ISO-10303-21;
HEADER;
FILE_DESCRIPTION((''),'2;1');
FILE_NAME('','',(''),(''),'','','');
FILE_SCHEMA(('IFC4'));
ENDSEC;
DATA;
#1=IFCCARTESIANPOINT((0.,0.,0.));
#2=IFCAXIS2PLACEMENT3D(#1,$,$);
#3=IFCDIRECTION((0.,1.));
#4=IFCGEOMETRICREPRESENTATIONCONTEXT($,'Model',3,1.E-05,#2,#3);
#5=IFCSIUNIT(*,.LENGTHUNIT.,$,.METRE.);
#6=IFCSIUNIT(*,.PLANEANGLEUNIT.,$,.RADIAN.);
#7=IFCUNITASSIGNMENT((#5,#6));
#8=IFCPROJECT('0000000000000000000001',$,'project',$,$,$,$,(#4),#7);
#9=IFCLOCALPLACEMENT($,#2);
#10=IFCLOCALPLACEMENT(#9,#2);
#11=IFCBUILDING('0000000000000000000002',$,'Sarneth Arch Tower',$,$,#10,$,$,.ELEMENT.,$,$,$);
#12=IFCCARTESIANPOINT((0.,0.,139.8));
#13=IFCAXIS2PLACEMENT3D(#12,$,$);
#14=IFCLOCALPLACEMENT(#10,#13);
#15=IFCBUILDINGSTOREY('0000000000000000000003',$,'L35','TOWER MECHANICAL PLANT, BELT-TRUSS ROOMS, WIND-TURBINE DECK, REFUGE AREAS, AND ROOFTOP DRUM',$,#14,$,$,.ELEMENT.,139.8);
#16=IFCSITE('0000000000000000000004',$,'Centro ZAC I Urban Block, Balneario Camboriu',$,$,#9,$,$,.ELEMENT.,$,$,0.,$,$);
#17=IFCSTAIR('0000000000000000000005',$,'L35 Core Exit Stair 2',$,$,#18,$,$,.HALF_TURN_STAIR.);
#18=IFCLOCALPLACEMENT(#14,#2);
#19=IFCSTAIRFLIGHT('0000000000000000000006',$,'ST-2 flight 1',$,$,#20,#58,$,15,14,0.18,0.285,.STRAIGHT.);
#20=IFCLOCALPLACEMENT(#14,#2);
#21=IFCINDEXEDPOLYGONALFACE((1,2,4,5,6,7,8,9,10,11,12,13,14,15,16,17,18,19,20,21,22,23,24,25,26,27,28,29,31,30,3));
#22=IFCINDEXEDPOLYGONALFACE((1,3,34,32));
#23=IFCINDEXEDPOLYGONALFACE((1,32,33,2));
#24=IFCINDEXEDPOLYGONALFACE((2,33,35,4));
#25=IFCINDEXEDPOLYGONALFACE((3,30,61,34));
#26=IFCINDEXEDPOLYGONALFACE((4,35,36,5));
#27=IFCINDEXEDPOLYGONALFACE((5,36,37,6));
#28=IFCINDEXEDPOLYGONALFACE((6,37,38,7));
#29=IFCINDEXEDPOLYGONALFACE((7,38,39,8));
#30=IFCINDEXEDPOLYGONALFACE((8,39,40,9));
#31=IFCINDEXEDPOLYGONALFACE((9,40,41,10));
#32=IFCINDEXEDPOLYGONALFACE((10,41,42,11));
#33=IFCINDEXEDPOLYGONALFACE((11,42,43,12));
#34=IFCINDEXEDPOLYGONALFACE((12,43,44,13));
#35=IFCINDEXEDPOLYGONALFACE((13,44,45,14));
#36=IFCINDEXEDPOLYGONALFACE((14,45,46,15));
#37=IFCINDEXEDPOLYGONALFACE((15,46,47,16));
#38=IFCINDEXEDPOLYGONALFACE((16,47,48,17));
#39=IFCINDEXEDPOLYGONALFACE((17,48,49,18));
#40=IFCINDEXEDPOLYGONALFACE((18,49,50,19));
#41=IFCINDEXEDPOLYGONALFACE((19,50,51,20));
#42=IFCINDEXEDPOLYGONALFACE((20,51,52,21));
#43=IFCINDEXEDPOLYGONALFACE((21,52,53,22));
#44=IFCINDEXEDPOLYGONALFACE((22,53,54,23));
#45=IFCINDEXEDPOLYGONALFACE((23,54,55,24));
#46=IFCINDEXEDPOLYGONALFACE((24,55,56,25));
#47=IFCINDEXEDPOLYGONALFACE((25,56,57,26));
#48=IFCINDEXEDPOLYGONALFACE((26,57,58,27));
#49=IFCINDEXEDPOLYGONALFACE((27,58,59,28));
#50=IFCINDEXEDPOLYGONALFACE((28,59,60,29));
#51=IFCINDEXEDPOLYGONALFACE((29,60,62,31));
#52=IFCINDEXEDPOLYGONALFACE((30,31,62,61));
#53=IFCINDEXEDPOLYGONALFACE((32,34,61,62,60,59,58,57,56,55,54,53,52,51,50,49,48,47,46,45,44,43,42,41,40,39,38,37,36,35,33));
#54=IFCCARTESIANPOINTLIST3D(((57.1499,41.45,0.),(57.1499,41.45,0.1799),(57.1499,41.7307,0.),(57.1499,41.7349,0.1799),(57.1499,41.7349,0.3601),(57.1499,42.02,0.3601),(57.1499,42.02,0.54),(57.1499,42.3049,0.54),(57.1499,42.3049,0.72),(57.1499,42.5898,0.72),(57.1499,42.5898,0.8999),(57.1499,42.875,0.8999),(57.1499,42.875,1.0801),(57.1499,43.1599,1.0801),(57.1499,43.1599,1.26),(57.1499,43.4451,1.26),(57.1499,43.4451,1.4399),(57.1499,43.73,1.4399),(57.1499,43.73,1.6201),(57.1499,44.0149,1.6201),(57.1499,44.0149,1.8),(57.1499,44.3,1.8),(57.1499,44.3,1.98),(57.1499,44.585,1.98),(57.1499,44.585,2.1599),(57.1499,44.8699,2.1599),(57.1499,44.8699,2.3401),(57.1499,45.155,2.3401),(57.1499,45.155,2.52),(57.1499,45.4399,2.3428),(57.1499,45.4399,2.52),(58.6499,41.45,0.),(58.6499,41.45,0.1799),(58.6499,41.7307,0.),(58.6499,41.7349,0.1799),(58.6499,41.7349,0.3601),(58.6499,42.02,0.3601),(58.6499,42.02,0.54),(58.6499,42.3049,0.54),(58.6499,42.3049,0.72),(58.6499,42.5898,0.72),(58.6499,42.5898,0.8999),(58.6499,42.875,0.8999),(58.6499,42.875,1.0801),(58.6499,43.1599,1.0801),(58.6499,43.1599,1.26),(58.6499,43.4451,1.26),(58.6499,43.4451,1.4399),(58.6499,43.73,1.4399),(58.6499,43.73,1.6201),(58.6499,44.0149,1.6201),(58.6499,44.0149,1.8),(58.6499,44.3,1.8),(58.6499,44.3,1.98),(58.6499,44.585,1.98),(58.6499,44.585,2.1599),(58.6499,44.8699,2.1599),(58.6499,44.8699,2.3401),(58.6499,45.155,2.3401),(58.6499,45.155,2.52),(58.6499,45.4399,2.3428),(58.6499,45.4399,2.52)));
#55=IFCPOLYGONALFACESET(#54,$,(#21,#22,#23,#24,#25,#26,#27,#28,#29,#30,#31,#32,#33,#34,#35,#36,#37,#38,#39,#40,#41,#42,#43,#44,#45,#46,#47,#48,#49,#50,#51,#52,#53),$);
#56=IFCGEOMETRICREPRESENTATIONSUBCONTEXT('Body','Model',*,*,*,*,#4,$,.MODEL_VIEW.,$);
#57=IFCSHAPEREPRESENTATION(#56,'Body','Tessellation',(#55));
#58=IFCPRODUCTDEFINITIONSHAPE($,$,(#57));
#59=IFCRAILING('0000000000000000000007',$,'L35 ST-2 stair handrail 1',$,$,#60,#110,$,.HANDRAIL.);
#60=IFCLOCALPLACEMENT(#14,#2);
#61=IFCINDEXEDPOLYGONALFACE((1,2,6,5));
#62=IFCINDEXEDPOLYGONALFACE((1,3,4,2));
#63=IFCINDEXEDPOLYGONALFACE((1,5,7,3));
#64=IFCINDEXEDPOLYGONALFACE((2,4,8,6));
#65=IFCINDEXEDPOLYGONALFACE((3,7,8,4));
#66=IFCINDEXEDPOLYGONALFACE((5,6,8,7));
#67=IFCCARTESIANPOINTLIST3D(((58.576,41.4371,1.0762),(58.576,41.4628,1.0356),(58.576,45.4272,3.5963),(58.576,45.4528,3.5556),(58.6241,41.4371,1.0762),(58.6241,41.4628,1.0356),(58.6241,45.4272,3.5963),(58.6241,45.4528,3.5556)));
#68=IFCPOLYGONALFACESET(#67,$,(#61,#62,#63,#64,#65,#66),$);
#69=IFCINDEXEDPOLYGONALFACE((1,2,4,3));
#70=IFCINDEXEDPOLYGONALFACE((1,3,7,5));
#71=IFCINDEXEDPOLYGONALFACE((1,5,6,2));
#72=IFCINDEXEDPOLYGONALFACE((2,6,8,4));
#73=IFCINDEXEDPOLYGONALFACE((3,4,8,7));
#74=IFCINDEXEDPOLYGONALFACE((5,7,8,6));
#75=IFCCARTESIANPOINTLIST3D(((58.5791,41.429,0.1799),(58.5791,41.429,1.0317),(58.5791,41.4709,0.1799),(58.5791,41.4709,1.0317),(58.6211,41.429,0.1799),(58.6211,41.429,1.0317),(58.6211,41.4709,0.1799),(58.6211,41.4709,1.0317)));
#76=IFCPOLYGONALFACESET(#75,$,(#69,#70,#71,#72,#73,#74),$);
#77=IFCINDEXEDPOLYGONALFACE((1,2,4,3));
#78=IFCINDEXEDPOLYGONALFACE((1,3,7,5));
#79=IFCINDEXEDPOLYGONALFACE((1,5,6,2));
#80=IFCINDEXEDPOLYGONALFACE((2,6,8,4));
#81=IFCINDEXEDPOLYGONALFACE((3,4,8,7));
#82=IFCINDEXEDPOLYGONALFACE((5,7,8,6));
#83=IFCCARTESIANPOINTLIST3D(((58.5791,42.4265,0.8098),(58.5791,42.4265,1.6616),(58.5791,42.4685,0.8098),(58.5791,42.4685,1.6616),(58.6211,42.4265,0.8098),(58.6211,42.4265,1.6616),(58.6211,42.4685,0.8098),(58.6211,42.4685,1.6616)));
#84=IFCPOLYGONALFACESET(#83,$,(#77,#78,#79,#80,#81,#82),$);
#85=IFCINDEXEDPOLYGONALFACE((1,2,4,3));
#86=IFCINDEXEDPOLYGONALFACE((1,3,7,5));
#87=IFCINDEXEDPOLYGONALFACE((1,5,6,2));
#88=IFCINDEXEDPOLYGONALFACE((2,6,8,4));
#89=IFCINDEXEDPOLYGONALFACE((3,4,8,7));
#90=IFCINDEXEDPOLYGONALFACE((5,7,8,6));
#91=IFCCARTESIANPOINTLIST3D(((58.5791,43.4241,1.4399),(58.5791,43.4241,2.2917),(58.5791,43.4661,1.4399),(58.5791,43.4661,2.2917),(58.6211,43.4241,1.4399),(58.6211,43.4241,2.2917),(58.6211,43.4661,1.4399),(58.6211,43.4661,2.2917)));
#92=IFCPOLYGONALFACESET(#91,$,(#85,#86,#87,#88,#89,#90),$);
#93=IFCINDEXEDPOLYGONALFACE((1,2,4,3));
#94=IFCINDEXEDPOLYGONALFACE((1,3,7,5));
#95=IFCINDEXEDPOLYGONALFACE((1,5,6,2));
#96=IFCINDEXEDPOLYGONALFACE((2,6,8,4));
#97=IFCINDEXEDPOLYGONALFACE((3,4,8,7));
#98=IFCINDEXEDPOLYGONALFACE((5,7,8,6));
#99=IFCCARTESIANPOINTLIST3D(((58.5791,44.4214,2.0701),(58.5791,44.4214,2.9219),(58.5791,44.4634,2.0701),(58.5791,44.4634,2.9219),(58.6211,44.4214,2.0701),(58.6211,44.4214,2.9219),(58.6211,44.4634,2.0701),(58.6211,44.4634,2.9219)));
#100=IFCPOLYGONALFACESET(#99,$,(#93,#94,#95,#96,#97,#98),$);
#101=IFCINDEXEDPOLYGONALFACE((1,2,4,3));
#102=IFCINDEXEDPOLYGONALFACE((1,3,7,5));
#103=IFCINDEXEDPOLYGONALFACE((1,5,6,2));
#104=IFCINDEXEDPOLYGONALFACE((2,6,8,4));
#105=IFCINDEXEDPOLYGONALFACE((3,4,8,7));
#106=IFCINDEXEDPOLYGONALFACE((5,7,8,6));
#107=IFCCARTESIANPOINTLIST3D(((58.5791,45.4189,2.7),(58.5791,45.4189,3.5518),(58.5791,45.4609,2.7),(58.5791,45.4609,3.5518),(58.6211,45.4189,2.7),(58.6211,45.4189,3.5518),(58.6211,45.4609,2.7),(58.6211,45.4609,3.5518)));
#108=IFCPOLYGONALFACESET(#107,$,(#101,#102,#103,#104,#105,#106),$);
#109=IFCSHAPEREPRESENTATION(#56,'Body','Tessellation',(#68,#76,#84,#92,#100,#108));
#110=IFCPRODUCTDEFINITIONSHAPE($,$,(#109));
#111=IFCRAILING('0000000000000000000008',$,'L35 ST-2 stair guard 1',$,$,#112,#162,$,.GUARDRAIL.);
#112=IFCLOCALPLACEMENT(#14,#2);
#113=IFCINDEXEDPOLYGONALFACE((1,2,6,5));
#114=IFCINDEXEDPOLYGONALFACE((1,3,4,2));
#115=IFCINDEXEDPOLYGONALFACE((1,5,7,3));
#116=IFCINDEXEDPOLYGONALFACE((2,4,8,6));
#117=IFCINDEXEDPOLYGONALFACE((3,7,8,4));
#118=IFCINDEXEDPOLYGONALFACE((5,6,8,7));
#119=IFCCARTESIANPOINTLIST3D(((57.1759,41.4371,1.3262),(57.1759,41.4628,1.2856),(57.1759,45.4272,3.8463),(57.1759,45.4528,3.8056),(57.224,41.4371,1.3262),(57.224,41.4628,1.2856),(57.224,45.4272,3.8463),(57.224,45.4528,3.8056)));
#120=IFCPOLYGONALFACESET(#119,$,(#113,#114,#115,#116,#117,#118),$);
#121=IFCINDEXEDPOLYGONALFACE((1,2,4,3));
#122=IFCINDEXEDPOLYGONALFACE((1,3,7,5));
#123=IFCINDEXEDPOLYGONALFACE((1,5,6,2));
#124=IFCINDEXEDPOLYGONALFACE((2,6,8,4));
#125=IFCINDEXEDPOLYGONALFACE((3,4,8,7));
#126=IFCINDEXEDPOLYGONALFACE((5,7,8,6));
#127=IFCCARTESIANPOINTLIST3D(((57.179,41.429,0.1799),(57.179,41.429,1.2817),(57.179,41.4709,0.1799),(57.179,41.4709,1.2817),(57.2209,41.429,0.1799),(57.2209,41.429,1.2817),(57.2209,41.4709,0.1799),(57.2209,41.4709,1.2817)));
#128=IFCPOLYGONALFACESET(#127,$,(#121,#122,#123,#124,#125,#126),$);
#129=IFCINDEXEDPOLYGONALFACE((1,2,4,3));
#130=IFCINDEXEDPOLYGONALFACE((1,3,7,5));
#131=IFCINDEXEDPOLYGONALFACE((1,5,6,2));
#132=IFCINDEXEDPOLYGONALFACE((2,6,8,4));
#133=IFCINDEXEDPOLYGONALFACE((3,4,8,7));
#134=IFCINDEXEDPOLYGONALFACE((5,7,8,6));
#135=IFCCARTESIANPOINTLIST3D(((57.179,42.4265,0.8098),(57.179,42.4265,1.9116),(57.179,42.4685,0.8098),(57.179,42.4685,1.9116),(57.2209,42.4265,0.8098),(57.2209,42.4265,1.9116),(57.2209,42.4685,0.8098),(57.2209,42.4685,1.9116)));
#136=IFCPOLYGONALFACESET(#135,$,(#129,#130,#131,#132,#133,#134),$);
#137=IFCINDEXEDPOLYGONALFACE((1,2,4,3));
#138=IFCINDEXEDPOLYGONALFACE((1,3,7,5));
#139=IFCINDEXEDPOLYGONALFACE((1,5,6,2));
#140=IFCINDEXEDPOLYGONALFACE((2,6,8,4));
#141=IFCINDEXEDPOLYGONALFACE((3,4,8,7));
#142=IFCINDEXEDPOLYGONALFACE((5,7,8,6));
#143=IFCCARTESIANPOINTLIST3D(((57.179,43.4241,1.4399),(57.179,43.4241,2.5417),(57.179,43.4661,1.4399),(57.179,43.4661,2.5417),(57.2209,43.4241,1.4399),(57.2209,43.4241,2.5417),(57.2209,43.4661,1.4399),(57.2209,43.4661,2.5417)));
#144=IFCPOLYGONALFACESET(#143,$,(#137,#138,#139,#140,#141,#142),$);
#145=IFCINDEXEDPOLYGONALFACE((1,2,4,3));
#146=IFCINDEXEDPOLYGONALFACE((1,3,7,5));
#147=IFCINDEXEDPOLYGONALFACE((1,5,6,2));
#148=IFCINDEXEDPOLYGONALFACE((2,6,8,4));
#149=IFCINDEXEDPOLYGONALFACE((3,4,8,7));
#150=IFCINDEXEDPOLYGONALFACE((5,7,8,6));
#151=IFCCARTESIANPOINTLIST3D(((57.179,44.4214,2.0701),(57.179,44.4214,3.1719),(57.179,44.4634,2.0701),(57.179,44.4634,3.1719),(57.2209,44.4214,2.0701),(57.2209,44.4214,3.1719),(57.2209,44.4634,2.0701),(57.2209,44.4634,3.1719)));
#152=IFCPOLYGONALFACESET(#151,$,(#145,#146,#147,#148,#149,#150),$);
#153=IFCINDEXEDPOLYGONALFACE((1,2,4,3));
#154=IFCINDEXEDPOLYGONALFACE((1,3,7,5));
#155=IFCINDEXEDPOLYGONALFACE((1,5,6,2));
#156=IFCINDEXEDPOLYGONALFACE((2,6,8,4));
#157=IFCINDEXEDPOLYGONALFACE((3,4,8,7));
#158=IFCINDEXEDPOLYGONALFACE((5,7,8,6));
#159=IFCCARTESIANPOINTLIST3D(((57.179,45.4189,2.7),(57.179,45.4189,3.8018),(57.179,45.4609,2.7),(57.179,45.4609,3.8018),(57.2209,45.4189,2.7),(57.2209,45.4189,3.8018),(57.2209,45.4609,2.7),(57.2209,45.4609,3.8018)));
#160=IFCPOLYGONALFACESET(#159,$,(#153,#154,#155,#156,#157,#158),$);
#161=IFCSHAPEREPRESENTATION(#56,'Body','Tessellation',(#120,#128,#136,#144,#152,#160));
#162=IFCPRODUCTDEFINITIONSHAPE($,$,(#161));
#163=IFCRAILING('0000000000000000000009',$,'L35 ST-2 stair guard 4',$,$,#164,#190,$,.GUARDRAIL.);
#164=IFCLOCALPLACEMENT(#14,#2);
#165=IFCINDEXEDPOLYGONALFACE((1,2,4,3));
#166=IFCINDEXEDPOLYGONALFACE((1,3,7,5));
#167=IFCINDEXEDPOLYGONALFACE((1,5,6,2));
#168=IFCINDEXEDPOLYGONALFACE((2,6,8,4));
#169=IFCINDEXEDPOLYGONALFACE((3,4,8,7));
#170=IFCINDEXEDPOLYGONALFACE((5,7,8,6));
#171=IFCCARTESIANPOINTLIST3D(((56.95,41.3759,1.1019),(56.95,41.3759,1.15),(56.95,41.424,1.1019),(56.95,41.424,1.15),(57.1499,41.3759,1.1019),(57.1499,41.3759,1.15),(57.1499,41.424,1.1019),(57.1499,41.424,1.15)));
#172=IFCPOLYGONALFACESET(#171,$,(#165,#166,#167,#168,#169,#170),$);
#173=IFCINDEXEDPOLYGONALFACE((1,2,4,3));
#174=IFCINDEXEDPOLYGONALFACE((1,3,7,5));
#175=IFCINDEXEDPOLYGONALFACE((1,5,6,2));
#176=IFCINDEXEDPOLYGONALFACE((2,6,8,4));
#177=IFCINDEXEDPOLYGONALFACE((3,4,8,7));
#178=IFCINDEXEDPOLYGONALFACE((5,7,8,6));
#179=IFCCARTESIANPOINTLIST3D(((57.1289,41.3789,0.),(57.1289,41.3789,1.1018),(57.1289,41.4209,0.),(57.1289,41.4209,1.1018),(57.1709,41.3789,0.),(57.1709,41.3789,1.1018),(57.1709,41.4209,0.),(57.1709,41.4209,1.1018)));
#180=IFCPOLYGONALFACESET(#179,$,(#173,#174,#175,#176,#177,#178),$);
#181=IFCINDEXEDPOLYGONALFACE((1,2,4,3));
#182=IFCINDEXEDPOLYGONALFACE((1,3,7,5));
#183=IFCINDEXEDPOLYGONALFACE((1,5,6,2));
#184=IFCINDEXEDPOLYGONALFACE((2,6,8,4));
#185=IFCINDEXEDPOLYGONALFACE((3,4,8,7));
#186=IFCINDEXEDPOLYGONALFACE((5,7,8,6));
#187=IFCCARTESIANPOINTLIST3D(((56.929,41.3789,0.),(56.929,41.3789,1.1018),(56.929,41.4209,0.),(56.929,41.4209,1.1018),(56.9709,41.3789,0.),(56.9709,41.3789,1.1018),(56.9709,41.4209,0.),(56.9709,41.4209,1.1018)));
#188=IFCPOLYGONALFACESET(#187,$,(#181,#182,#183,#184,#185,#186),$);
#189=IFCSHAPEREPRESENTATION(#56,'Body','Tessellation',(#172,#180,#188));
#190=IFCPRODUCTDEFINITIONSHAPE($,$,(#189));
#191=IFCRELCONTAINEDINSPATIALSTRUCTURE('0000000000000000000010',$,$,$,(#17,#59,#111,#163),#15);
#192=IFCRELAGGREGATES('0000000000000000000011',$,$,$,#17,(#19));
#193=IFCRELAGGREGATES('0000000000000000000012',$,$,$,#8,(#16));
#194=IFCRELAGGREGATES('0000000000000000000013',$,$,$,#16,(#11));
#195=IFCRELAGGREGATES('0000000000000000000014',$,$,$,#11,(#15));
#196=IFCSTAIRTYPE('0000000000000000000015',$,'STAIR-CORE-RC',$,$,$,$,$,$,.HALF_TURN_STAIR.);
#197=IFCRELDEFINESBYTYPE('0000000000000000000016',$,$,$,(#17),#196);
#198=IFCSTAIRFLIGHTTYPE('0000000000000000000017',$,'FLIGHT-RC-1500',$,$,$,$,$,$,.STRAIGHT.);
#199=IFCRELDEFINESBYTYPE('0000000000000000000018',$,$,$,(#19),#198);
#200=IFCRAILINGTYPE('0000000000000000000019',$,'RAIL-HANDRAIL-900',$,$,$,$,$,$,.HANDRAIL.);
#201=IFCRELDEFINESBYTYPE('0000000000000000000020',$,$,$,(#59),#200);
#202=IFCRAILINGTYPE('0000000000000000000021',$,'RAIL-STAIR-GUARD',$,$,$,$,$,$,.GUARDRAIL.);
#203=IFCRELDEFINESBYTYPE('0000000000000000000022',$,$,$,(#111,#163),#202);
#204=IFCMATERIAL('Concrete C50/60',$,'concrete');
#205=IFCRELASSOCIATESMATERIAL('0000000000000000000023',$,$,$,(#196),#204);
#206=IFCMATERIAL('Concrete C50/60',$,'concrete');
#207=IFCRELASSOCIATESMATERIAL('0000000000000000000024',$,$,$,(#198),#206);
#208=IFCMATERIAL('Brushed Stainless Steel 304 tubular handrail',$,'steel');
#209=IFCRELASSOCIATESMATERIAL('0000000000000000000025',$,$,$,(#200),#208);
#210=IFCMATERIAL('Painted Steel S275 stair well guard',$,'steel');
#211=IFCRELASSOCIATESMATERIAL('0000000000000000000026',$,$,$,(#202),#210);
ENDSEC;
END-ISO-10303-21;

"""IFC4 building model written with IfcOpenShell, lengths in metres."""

from ifc_helpers import new_model, si_unit, direction, frame, origin, origin_2d, place, context, subcontext, project, spatial, polyline, rectangle, outline, extrude, material, type_object, element, aggregate, save


model = new_model("IFC4")

# Units and contexts
model_context = context("Model", 3, precision=1e-05, world=origin(), true_north=direction((0.0, 1.0)))
body_context = subcontext(model_context, "Body", "Model", "MODEL_VIEW")
ifc_project = project(units=[si_unit("LENGTHUNIT", "METRE"), si_unit("PLANEANGLEUNIT", "RADIAN")], contexts=[model_context])

# Site, building, storey
site_placement = place(None, origin())
site = spatial("IfcSite", under=ifc_project, at=site_placement, Name="Centro ZAC I Urban Block, Balneario Camboriu", CompositionType="ELEMENT", RefElevation=0.0)
building_placement = place(site_placement, origin())
building = spatial("IfcBuilding", under=site, at=building_placement, Name="Sarneth Arch Tower", CompositionType="ELEMENT")
storey_placement = place(building_placement, frame((0.0, 0.0, 139.8)))
storey = spatial("IfcBuildingStorey", under=building, at=storey_placement, Name="L35", Description="TOWER MECHANICAL PLANT, BELT-TRUSS ROOMS, WIND-TURBINE DECK, REFUGE AREAS, AND ROOFTOP DRUM", CompositionType="ELEMENT", Elevation=139.8)

# Stair, stair flight
ifc_material_1 = material(Name="Concrete C50/60", Category="concrete")
stair_type = type_object("IfcStairType", Name="STAIR-CORE-RC", PredefinedType="HALF_TURN_STAIR", material=ifc_material_1)
stair_placement = place(storey_placement, origin())
stair = element("IfcStair", 1, at=stair_placement, inside=storey, type_object=stair_type, Name="L35 Core Exit Stair 2", PredefinedType="HALF_TURN_STAIR")
ifc_material_2 = material(Name="Concrete C50/60", Category="concrete")
stair_flight_type = type_object("IfcStairFlightType", Name="FLIGHT-RC-1500", PredefinedType="STRAIGHT", material=ifc_material_2)
stair_flight_placement = place(storey_placement, frame((57.8999, 41.45, 0.0), z_axis=(0.0, 0.0, 1.0), x_axis=(0.0, 1.0, 0.0)))
stair_flight = element("IfcStairFlight", 2, at=stair_flight_placement, type_object=stair_flight_type, Name="ST-2 flight 1", NumberOfRisers=15, NumberOfTreads=14, PredefinedType="STRAIGHT", RiserHeight=0.18, TreadLength=0.285, context=body_context, shape_type="SweptSolid", body=[
    extrude(outline(polyline([(0.0, 0.0), (0.0, 0.1799), (0.2849, 0.1799), (0.2849, 0.3601), (0.5701, 0.3601), (0.5701, 0.54), (0.855, 0.54), (0.855, 0.72), (1.1399, 0.72), (1.1399, 0.8999), (1.425, 0.8999), (1.425, 1.0801), (1.71, 1.0801), (1.71, 1.26), (1.9951, 1.26), (1.9951, 1.4399), (2.28, 1.4399), (2.28, 1.6201), (2.5649, 1.6201), (2.5649, 1.8), (2.8501, 1.8), (2.8501, 1.98), (3.135, 1.98), (3.135, 2.1599), (3.4199, 2.1599), (3.4199, 2.3401), (3.7051, 2.3401), (3.7051, 2.52), (3.99, 2.52), (3.99, 2.7), (3.99, 2.3428), (0.2808, 0.0), (0.0, 0.0)])), frame((0.0, 0.75, 0.0), z_axis=(0.0, -1.0, 0.0), x_axis=(1.0, 0.0, 0.0)), (0.0, 0.0, 1.0), 1.5),
])
aggregate(stair, [stair_flight])

# Railings
ifc_material_3 = material(Name="Brushed Stainless Steel 304 tubular handrail", Category="steel")
railing_type_1 = type_object("IfcRailingType", Name="RAIL-HANDRAIL-900", PredefinedType="HANDRAIL", material=ifc_material_3)
railing_1_placement = place(storey_placement, frame((58.6001, 41.45, 0.1799)))
element("IfcRailing", 3, at=railing_1_placement, inside=storey, type_object=railing_type_1, Name="L35 ST-2 stair handrail 1", PredefinedType="HANDRAIL", context=body_context, shape_type="SweptSolid", body=[
    extrude(rectangle(XDim=0.0481, YDim=0.0481, at=origin_2d()), frame((0.0, 0.0, 0.876), z_axis=(0.0, 0.845486, 0.533997), x_axis=(-1.0, 0.0, 0.0)), (0.0, 0.0, 1.0), 4.7192),
    extrude(rectangle(XDim=0.042, YDim=0.042, at=origin_2d()), origin(), (0.0, 0.0, 1.0), 0.8518),
    extrude(rectangle(XDim=0.042, YDim=0.042, at=origin_2d()), frame((0.0, 0.9976, 0.6299)), (0.0, 0.0, 1.0), 0.8518),
    extrude(rectangle(XDim=0.042, YDim=0.042, at=origin_2d()), frame((0.0, 1.9951, 1.26)), (0.0, 0.0, 1.0), 0.8518),
    extrude(rectangle(XDim=0.042, YDim=0.042, at=origin_2d()), frame((0.0, 2.9924, 1.8901)), (0.0, 0.0, 1.0), 0.8518),
    extrude(rectangle(XDim=0.042, YDim=0.042, at=origin_2d()), frame((0.0, 3.99, 2.52)), (0.0, 0.0, 1.0), 0.8518),
])
ifc_material_4 = material(Name="Painted Steel S275 stair well guard", Category="steel")
railing_type_2 = type_object("IfcRailingType", Name="RAIL-STAIR-GUARD", PredefinedType="GUARDRAIL", material=ifc_material_4)
railing_2_placement = place(storey_placement, frame((57.2, 41.45, 0.1799)))
element("IfcRailing", 4, at=railing_2_placement, inside=storey, type_object=railing_type_2, Name="L35 ST-2 stair guard 1", PredefinedType="GUARDRAIL", context=body_context, shape_type="SweptSolid", body=[
    extrude(rectangle(XDim=0.0481, YDim=0.0481, at=origin_2d()), frame((0.0, 0.0, 1.126), z_axis=(0.0, 0.845486, 0.533997), x_axis=(-1.0, 0.0, 0.0)), (0.0, 0.0, 1.0), 4.7192),
    extrude(rectangle(XDim=0.042, YDim=0.042, at=origin_2d()), origin(), (0.0, 0.0, 1.0), 1.1018),
    extrude(rectangle(XDim=0.042, YDim=0.042, at=origin_2d()), frame((0.0, 0.9976, 0.6299)), (0.0, 0.0, 1.0), 1.1018),
    extrude(rectangle(XDim=0.042, YDim=0.042, at=origin_2d()), frame((0.0, 1.9951, 1.26)), (0.0, 0.0, 1.0), 1.1018),
    extrude(rectangle(XDim=0.042, YDim=0.042, at=origin_2d()), frame((0.0, 2.9924, 1.8901)), (0.0, 0.0, 1.0), 1.1018),
    extrude(rectangle(XDim=0.042, YDim=0.042, at=origin_2d()), frame((0.0, 3.99, 2.52)), (0.0, 0.0, 1.0), 1.1018),
])
railing_3_placement = place(storey_placement, frame((57.1499, 41.3999, 0.0)))
element("IfcRailing", 5, at=railing_3_placement, inside=storey, type_object=railing_type_2, Name="L35 ST-2 stair guard 4", PredefinedType="GUARDRAIL", context=body_context, shape_type="SweptSolid", body=[
    extrude(rectangle(XDim=0.0481, YDim=0.0481, at=origin_2d()), frame((0.0, 0.0, 1.126), z_axis=(-1.0, 0.0, 0.0), x_axis=(0.0, -1.0, 0.0)), (0.0, 0.0, 1.0), 0.2),
    extrude(rectangle(XDim=0.042, YDim=0.042, at=origin_2d()), origin(), (0.0, 0.0, 1.0), 1.1018),
    extrude(rectangle(XDim=0.042, YDim=0.042, at=origin_2d()), frame((-0.2, 0.0, 0.0)), (0.0, 0.0, 1.0), 1.1018),
])

save(model, "model.ifc")
